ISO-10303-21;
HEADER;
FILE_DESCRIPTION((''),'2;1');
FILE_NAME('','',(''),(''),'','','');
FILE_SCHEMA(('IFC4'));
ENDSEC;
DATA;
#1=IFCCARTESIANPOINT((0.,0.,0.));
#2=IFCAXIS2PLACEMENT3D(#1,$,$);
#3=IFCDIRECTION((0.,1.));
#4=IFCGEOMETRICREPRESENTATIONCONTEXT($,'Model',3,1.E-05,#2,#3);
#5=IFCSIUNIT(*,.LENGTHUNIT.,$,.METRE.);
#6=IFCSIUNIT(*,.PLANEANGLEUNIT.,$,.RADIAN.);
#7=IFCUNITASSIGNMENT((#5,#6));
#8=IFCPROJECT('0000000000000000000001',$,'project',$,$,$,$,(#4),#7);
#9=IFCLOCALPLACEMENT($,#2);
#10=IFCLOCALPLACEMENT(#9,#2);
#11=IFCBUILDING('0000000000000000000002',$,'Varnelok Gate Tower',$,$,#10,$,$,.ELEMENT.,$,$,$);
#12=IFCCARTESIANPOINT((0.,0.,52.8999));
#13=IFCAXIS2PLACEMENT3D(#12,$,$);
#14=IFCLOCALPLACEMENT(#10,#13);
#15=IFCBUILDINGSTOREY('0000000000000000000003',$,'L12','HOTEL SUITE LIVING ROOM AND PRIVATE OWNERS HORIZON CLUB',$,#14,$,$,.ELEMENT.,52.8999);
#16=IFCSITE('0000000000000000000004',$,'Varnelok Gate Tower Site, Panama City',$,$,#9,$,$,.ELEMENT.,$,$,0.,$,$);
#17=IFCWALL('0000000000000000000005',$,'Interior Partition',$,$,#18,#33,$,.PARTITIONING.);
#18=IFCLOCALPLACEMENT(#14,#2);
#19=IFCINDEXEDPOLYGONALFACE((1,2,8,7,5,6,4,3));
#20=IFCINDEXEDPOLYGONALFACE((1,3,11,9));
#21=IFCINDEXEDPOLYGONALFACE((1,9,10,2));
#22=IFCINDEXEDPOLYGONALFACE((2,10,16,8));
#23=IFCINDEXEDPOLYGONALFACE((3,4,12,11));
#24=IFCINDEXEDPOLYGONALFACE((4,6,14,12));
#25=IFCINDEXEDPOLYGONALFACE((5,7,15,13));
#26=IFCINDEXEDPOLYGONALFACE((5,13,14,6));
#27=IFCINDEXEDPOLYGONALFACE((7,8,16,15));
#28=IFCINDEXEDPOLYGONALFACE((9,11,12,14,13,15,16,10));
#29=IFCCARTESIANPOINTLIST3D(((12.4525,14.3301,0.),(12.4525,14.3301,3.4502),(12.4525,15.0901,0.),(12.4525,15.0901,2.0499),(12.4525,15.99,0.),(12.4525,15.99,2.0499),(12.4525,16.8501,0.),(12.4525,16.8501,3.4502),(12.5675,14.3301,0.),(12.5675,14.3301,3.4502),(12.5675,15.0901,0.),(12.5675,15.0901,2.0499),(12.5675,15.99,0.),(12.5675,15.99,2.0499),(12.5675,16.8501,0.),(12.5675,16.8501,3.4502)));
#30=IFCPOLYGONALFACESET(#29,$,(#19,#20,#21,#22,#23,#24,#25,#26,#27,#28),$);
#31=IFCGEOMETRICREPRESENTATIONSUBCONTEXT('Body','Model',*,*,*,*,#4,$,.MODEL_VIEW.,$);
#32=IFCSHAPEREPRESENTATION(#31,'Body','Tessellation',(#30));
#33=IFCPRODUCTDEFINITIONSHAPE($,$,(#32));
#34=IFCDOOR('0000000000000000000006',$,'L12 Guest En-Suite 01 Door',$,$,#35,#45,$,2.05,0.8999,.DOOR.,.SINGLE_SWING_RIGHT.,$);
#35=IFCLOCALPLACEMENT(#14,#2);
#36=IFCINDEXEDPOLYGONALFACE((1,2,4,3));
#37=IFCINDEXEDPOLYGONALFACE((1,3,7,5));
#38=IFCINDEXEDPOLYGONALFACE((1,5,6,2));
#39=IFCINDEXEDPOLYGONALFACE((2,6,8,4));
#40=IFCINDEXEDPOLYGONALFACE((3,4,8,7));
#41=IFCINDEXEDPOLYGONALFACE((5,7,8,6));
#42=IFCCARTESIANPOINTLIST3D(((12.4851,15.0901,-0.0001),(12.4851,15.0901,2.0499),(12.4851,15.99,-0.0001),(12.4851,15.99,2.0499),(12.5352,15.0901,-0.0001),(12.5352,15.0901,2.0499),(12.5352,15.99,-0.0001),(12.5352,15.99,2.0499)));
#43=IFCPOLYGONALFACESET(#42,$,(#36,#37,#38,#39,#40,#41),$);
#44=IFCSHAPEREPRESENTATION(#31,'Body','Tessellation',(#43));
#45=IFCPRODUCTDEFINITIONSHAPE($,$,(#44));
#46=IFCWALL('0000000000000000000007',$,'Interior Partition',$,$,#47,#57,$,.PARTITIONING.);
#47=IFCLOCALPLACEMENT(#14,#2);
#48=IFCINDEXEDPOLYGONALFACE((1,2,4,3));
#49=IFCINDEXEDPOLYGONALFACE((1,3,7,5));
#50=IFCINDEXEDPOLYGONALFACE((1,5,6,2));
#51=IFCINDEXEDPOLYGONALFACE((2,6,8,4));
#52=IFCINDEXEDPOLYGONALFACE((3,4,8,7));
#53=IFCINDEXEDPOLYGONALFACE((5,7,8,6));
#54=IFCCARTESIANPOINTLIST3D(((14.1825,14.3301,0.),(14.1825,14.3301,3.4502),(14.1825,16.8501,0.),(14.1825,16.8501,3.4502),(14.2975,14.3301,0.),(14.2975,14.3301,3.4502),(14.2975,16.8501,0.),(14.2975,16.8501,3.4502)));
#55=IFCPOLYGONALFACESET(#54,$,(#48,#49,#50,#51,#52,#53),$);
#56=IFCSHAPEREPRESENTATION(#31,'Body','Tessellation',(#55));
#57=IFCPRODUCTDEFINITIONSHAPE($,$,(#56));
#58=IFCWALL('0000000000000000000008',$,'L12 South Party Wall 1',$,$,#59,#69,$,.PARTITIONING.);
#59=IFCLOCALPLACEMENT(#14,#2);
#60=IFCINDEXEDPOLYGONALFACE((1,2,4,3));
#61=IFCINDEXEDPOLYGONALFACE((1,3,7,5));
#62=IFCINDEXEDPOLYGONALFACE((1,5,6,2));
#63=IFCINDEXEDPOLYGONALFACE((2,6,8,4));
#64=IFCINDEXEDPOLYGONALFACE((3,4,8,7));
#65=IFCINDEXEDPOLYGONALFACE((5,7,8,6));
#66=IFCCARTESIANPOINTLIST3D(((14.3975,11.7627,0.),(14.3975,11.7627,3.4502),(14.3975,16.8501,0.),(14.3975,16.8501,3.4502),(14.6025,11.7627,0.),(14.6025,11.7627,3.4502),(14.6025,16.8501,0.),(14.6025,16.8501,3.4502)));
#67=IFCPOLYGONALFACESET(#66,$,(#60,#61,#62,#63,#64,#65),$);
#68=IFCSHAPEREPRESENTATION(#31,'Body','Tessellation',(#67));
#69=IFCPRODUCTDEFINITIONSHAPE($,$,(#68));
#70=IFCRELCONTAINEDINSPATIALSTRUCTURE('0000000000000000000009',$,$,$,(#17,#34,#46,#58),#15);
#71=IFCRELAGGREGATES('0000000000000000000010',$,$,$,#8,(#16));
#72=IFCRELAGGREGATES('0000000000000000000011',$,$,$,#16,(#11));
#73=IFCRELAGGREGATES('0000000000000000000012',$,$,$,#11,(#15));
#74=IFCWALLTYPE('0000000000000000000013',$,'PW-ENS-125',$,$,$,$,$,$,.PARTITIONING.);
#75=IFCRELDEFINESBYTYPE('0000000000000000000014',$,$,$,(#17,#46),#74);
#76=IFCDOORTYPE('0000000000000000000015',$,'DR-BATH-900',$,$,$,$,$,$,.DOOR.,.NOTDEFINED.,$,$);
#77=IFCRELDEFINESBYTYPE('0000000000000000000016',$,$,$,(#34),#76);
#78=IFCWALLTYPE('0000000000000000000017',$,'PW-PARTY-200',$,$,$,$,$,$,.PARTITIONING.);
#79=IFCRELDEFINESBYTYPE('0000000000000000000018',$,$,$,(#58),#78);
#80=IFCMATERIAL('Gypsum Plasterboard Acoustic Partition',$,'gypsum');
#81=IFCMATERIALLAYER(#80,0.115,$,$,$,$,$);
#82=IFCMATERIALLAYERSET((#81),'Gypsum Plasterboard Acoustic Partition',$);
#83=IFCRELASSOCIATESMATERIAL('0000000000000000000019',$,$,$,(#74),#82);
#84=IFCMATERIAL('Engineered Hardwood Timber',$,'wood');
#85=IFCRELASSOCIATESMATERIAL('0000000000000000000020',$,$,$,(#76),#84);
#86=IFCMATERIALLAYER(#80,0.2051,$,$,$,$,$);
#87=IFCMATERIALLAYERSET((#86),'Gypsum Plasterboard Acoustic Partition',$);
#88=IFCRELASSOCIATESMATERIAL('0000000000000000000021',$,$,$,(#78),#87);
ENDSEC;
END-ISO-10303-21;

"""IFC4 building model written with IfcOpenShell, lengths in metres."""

from ifc_helpers import new_model, si_unit, direction, frame, frame_2d, origin, place, context, subcontext, project, spatial, rectangle, extrude, material, layer, layer_set, type_object, element, fill, save


model = new_model("IFC4")

# Units and contexts
model_context = context("Model", 3, precision=1e-05, world=origin(), true_north=direction((0.0, 1.0)))
body_context = subcontext(model_context, "Body", "Model", "MODEL_VIEW")
ifc_project = project(units=[si_unit("LENGTHUNIT", "METRE"), si_unit("PLANEANGLEUNIT", "RADIAN")], contexts=[model_context])

# Site, building, storey
site_placement = place(None, origin())
site = spatial("IfcSite", under=ifc_project, at=site_placement, Name="Varnelok Gate Tower Site, Panama City", CompositionType="ELEMENT", RefElevation=0.0)
building_placement = place(site_placement, origin())
building = spatial("IfcBuilding", under=site, at=building_placement, Name="Varnelok Gate Tower", CompositionType="ELEMENT")
storey_placement = place(building_placement, frame((0.0, 0.0, 52.8999)))
storey = spatial("IfcBuildingStorey", under=building, at=storey_placement, Name="L12", Description="HOTEL SUITE LIVING ROOM AND PRIVATE OWNERS HORIZON CLUB", CompositionType="ELEMENT", Elevation=52.8999)

# Shared definitions
ifc_material_1 = material(Name="Gypsum Plasterboard Acoustic Partition", Category="gypsum")
ifc_material_2 = material(Name="Engineered Hardwood Timber", Category="wood")

# Shared definitions
ifc_layer_1 = layer(ifc_material_1, 0.115)
ifc_layer_set_1 = layer_set([ifc_layer_1], Name="Gypsum Plasterboard Acoustic Partition")
wall_type_1 = type_object("IfcWallType", Name="PW-ENS-125", PredefinedType="PARTITIONING", material=ifc_layer_set_1)

# Wall, opening, door
wall_1_placement = place(storey_placement, frame((12.51, 14.3301, 0.0), z_axis=(0.0, 0.0, 1.0), x_axis=(0.0, 1.0, 0.0)))
wall_1 = element("IfcWall", 1, at=wall_1_placement, inside=storey, type_object=wall_type_1, Name="Interior Partition", PredefinedType="PARTITIONING", context=body_context, shape_type="SweptSolid", body=[
    extrude(rectangle(XDim=2.52, YDim=0.115, at=frame_2d((1.26, 0.0))), origin(), (0.0, 0.0, 1.0), 3.4502),
])
opening_1_placement = place(wall_1_placement, frame((0.76, 0.0, 0.0)))
opening_1 = element("IfcOpeningElement", 2, at=opening_1_placement, cuts=wall_1, PredefinedType="OPENING", context=body_context, shape_type="SweptSolid", body=[
    extrude(rectangle(XDim=0.8999, YDim=2.05, at=frame_2d((0.45, 1.0249))), frame((0.0, 0.0674, 0.0), z_axis=(0.0, -1.0, 0.0), x_axis=(1.0, 0.0, 0.0)), (0.0, 0.0, 1.0), 0.135),
])
door_type_1 = type_object("IfcDoorType", Name="DR-BATH-900", OperationType="NOTDEFINED", PredefinedType="DOOR", material=ifc_material_2)
door_1_placement = place(opening_1_placement, origin())
door_1 = element("IfcDoor", 3, at=door_1_placement, inside=storey, type_object=door_type_1, Name="L12 Guest En-Suite 01 Door", OperationType="SINGLE_SWING_RIGHT", OverallHeight=2.05, OverallWidth=0.8999, PredefinedType="DOOR", context=body_context, shape_type="SweptSolid", body=[
    extrude(rectangle(XDim=0.8999, YDim=2.05, at=frame_2d((0.45, 1.0249))), frame((0.0, 0.0249, 0.0), z_axis=(0.0, -1.0, 0.0), x_axis=(1.0, 0.0, 0.0)), (0.0, 0.0, 1.0), 0.05),
])
fill(opening_1, door_1)

# Walls
wall_2_placement = place(storey_placement, frame((14.24, 14.3301, 0.0), z_axis=(0.0, 0.0, 1.0), x_axis=(0.0, 1.0, 0.0)))
element("IfcWall", 4, at=wall_2_placement, inside=storey, type_object=wall_type_1, Name="Interior Partition", PredefinedType="PARTITIONING", context=body_context, shape_type="SweptSolid", body=[
    extrude(rectangle(XDim=2.52, YDim=0.115, at=frame_2d((1.26, 0.0))), origin(), (0.0, 0.0, 1.0), 3.4502),
])
ifc_layer_2 = layer(ifc_material_1, 0.2051)
ifc_layer_set_2 = layer_set([ifc_layer_2], Name="Gypsum Plasterboard Acoustic Partition")
wall_type_2 = type_object("IfcWallType", Name="PW-PARTY-200", PredefinedType="PARTITIONING", material=ifc_layer_set_2)
wall_3_placement = place(storey_placement, frame((14.5, 11.7627, 0.0), z_axis=(0.0, 0.0, 1.0), x_axis=(0.0, 1.0, 0.0)))
element("IfcWall", 5, at=wall_3_placement, inside=storey, type_object=wall_type_2, Name="L12 South Party Wall 1", PredefinedType="PARTITIONING", context=body_context, shape_type="SweptSolid", body=[
    extrude(rectangle(XDim=5.0874, YDim=0.2051, at=frame_2d((2.5437, 0.0))), origin(), (0.0, 0.0, 1.0), 3.4502),
])

save(model, "model.ifc")
